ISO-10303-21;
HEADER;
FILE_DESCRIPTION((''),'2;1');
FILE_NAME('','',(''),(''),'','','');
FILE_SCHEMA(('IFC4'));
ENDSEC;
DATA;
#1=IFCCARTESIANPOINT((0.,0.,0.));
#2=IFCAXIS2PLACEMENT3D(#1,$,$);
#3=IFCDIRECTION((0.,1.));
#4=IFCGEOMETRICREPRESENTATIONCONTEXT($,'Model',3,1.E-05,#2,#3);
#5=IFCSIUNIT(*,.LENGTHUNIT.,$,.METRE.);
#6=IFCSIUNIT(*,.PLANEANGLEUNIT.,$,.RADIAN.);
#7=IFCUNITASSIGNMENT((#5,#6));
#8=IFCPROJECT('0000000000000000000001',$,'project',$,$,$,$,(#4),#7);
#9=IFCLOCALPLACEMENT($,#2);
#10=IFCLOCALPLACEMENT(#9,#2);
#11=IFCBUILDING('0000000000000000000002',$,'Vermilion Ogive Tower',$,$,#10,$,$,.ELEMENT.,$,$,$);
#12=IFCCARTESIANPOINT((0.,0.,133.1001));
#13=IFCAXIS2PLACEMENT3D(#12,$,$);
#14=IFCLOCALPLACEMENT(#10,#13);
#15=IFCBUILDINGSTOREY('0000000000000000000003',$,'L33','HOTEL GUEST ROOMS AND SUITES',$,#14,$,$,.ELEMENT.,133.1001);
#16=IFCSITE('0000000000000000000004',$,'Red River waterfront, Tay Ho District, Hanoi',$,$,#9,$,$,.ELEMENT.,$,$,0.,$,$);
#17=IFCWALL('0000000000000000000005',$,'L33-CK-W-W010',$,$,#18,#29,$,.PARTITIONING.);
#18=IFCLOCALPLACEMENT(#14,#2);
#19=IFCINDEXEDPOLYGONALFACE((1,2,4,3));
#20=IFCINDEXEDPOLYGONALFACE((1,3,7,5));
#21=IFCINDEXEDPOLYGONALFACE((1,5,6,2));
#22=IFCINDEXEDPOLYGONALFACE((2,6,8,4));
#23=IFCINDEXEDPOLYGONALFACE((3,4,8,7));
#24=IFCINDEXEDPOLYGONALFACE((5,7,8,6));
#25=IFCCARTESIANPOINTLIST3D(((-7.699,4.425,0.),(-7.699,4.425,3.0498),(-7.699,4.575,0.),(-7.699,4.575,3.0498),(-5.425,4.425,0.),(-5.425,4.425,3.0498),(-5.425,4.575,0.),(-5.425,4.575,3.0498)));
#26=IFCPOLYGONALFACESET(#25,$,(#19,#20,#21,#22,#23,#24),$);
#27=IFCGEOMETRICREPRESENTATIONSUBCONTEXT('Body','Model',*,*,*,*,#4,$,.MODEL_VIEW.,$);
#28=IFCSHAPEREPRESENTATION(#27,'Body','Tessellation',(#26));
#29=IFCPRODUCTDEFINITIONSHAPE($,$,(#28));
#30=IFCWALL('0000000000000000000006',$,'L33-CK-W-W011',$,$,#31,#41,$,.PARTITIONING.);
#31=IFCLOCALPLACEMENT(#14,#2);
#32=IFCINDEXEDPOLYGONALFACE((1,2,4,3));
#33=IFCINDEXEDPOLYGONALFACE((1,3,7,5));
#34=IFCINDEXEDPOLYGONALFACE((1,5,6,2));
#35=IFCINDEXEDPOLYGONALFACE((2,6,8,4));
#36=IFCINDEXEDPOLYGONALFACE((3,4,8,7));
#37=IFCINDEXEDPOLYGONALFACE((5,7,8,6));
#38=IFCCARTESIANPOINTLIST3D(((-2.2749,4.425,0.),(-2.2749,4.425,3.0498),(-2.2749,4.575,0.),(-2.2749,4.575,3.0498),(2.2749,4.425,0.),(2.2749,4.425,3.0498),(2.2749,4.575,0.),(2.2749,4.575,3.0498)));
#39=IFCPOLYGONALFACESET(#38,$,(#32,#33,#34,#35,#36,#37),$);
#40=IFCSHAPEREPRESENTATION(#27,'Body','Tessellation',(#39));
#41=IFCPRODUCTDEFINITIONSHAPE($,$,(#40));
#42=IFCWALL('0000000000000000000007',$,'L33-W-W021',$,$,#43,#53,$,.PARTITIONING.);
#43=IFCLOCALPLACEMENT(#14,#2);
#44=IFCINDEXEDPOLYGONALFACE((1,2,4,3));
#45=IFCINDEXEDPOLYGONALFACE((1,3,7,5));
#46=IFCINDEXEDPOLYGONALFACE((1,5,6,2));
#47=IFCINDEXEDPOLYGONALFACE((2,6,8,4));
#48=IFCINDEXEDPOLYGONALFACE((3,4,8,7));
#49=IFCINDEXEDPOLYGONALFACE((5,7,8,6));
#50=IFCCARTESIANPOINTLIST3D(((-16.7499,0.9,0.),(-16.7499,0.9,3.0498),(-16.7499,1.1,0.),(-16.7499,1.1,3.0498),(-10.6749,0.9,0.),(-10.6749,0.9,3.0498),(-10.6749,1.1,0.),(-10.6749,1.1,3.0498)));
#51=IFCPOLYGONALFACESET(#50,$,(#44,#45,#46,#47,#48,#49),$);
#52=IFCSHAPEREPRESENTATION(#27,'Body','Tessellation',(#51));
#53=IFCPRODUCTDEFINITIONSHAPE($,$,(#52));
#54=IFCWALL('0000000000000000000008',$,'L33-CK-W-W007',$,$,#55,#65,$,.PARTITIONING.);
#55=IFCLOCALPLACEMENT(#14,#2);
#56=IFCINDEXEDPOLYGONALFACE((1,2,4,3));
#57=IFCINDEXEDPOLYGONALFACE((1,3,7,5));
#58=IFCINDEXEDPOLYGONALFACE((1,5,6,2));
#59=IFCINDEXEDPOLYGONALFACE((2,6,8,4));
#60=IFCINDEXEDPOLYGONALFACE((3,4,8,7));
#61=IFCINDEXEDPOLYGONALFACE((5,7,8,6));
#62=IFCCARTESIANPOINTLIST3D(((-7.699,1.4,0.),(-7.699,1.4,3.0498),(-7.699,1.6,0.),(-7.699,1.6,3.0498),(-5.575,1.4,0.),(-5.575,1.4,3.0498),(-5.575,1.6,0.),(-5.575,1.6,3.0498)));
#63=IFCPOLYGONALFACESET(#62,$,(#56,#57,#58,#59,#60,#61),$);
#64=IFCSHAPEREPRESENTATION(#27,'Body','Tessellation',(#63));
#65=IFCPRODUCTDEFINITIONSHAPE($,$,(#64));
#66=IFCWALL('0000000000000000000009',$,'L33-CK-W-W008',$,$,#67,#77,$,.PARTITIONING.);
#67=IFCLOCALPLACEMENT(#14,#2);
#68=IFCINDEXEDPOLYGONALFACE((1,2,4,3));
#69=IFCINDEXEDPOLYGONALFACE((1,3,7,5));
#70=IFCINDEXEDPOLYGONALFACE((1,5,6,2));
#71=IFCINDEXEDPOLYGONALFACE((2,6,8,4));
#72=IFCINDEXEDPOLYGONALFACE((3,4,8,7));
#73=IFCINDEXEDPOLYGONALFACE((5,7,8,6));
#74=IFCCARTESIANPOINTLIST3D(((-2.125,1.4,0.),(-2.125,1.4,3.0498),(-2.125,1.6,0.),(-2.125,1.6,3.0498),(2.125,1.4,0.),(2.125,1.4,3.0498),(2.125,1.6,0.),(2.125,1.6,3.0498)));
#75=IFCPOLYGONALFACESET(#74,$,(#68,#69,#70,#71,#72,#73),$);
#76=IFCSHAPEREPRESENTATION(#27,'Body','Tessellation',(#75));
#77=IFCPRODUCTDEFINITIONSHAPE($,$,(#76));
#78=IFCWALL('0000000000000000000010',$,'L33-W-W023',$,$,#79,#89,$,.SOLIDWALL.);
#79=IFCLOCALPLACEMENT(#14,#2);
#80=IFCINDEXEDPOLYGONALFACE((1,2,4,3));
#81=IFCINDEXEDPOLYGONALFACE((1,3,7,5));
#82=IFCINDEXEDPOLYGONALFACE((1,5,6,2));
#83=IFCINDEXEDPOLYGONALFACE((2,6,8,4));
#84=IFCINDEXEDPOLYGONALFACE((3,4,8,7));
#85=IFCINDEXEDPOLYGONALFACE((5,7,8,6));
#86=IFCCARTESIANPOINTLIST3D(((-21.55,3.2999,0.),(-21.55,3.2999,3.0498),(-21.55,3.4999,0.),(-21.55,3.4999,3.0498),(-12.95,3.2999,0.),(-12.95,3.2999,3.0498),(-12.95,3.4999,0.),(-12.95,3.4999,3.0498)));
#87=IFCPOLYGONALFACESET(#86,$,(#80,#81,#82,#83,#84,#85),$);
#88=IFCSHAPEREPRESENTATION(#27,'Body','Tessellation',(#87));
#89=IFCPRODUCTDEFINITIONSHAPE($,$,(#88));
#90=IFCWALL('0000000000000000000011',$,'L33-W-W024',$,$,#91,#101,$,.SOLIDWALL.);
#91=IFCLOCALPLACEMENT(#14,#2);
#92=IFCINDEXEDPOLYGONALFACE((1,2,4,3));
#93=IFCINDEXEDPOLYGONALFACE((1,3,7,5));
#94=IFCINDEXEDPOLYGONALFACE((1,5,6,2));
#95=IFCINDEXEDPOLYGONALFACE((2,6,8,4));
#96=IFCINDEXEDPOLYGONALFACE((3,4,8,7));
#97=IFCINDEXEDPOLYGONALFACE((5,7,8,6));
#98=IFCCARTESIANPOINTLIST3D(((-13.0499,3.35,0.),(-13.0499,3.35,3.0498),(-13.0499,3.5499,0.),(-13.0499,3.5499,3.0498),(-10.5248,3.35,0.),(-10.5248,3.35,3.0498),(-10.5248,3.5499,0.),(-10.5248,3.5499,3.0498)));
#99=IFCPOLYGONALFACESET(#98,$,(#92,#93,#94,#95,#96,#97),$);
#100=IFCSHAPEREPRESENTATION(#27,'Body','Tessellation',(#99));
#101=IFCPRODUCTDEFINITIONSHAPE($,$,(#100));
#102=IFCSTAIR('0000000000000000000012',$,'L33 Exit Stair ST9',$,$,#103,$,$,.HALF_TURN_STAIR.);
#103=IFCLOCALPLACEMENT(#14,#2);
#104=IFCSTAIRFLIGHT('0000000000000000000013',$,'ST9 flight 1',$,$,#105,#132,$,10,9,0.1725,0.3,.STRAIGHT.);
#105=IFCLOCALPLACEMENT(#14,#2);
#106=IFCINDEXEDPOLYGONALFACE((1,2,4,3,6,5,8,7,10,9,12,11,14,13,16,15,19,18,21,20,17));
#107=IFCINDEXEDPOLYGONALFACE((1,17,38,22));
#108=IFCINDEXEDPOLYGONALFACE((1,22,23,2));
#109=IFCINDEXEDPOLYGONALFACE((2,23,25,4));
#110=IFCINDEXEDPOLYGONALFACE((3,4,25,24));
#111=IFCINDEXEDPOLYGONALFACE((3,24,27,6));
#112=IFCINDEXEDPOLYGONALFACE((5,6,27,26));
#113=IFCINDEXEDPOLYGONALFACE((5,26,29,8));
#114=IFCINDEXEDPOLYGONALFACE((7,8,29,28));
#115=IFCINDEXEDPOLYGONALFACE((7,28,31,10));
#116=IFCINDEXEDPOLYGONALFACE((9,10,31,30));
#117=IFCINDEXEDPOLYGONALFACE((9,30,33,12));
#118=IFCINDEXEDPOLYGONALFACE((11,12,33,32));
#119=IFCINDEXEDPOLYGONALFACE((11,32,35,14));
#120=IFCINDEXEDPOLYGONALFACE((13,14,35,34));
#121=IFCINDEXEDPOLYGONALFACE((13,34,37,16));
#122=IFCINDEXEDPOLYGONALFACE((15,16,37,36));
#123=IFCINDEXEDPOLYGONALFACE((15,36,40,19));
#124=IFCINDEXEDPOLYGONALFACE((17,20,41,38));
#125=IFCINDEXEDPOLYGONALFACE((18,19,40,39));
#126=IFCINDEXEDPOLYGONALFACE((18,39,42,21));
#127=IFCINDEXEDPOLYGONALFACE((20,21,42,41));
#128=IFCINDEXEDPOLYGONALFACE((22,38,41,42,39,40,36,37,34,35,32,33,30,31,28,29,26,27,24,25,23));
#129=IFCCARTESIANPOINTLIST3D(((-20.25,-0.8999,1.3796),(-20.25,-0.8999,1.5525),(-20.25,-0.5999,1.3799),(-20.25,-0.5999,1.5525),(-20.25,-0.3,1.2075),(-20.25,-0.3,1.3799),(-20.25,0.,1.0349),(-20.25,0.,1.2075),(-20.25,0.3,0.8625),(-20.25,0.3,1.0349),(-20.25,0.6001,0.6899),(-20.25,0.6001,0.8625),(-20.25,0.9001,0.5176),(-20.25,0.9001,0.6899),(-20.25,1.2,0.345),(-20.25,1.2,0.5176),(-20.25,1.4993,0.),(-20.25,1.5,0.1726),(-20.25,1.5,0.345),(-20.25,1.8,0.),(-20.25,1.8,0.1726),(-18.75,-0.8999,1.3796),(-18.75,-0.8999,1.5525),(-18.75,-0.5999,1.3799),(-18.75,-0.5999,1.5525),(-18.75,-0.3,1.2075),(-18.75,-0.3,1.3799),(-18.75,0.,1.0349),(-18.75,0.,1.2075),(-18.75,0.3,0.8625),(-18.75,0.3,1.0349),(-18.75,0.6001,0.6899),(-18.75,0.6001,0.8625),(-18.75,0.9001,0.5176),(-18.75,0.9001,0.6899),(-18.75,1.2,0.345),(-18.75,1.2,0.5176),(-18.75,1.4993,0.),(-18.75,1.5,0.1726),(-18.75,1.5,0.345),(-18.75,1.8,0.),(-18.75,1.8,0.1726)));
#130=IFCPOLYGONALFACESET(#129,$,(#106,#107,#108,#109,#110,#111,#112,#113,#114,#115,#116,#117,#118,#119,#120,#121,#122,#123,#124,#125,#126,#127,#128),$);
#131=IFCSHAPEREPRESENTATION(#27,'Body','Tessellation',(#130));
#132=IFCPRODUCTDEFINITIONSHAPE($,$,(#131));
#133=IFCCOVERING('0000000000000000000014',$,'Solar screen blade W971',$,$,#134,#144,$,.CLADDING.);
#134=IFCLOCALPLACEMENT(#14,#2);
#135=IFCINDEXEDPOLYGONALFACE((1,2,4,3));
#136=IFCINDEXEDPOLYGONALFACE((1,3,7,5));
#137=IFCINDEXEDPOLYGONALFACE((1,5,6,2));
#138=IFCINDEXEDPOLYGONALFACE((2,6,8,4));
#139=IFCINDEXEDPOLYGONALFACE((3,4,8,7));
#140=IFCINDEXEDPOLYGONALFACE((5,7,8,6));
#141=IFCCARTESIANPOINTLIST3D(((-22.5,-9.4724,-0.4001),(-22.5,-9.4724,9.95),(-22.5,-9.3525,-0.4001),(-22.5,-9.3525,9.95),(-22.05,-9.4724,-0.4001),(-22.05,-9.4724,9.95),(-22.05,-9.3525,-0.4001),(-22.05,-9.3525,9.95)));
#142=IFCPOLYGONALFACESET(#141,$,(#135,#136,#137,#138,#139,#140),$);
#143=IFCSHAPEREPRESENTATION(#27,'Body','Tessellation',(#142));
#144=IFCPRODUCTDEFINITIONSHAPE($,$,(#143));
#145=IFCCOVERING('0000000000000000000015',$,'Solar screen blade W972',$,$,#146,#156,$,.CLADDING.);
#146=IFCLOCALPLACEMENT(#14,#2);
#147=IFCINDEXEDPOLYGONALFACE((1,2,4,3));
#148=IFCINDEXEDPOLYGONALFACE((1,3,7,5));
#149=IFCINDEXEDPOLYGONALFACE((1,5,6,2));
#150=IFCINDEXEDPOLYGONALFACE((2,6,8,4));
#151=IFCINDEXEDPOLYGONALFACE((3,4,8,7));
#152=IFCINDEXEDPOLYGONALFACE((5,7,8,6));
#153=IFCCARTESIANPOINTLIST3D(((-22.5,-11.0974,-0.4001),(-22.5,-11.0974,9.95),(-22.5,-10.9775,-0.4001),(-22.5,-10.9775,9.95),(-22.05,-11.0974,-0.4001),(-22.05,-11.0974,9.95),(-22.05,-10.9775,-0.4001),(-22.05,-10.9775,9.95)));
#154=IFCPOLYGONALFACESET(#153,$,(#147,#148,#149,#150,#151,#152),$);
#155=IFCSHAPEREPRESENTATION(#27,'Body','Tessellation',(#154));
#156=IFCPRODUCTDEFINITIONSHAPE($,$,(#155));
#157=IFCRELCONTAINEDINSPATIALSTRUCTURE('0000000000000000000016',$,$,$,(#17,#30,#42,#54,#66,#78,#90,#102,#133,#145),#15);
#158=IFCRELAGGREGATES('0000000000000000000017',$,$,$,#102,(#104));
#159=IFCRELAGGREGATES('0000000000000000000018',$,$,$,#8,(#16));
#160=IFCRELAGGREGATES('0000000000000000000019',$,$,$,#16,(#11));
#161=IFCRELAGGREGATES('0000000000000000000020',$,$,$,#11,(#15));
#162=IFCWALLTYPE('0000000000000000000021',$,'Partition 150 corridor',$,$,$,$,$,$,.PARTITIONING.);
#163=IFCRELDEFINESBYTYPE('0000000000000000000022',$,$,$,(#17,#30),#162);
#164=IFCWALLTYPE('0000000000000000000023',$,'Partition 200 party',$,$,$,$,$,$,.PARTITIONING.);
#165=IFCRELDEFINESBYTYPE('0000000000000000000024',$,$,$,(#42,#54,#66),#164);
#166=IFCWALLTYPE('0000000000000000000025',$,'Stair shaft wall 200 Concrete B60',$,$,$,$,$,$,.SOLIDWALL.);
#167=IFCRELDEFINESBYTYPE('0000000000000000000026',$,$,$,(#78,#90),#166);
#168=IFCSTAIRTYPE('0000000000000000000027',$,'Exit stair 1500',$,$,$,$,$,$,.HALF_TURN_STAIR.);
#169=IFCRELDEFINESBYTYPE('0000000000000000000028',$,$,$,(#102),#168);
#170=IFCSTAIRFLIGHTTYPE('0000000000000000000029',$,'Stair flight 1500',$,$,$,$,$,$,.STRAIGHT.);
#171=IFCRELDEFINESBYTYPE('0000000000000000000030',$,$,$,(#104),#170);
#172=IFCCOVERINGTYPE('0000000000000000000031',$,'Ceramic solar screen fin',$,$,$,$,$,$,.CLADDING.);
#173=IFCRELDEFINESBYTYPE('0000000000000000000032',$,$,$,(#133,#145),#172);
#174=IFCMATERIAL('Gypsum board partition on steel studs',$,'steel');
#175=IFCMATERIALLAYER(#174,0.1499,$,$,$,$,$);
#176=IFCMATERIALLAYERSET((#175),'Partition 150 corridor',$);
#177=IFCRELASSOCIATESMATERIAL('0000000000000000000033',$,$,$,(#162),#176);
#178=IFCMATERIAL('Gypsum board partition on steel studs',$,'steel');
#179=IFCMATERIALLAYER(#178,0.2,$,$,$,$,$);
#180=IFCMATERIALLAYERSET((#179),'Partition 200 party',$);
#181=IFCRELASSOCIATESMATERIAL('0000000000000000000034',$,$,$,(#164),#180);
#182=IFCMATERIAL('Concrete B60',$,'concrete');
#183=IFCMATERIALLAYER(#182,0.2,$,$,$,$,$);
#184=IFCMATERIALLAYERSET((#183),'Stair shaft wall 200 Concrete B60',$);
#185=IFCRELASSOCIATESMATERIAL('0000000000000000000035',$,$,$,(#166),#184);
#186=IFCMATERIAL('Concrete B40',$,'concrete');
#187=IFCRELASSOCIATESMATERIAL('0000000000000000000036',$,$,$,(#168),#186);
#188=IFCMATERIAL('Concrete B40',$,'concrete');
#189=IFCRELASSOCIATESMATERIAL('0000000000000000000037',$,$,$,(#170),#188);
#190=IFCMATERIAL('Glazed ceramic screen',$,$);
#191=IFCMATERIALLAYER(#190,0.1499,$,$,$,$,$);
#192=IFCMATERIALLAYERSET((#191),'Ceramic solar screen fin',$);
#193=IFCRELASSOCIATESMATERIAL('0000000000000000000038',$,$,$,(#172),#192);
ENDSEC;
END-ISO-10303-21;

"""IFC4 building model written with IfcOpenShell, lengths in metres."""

from ifc_helpers import new_model, si_unit, direction, frame, frame_2d, origin, place, context, subcontext, project, spatial, polyline, rectangle, outline, extrude, material, layer, layer_set, type_object, element, aggregate, save


model = new_model("IFC4")

# Units and contexts
model_context = context("Model", 3, precision=1e-05, world=origin(), true_north=direction((0.0, 1.0)))
body_context = subcontext(model_context, "Body", "Model", "MODEL_VIEW")
ifc_project = project(units=[si_unit("LENGTHUNIT", "METRE"), si_unit("PLANEANGLEUNIT", "RADIAN")], contexts=[model_context])

# Site, building, storey
site_placement = place(None, origin())
site = spatial("IfcSite", under=ifc_project, at=site_placement, Name="Red River waterfront, Tay Ho District, Hanoi", CompositionType="ELEMENT", RefElevation=0.0)
building_placement = place(site_placement, origin())
building = spatial("IfcBuilding", under=site, at=building_placement, Name="Vermilion Ogive Tower", CompositionType="ELEMENT")
storey_placement = place(building_placement, frame((0.0, 0.0, 133.1001)))
storey = spatial("IfcBuildingStorey", under=building, at=storey_placement, Name="L33", Description="HOTEL GUEST ROOMS AND SUITES", CompositionType="ELEMENT", Elevation=133.1001)

# Walls
ifc_material_1 = material(Name="Gypsum board partition on steel studs", Category="steel")
ifc_layer_1 = layer(ifc_material_1, 0.1499)
ifc_layer_set_1 = layer_set([ifc_layer_1], Name="Partition 150 corridor")
wall_type_1 = type_object("IfcWallType", Name="Partition 150 corridor", PredefinedType="PARTITIONING", material=ifc_layer_set_1)
wall_1_placement = place(storey_placement, frame((-7.699, 4.5, 0.0), z_axis=(0.0, 0.0, 1.0), x_axis=(1.0, 0.0, 0.0)))
element("IfcWall", 1, at=wall_1_placement, inside=storey, type_object=wall_type_1, Name="L33-CK-W-W010", PredefinedType="PARTITIONING", context=body_context, shape_type="SweptSolid", body=[
    extrude(rectangle(XDim=2.2739, YDim=0.1499, at=frame_2d((1.137, 0.0))), origin(), (0.0, 0.0, 1.0), 3.0498),
])
wall_2_placement = place(storey_placement, frame((-2.2749, 4.5, 0.0), z_axis=(0.0, 0.0, 1.0), x_axis=(1.0, 0.0, 0.0)))
element("IfcWall", 2, at=wall_2_placement, inside=storey, type_object=wall_type_1, Name="L33-CK-W-W011", PredefinedType="PARTITIONING", context=body_context, shape_type="SweptSolid", body=[
    extrude(rectangle(XDim=4.5498, YDim=0.1499, at=frame_2d((2.2749, 0.0))), origin(), (0.0, 0.0, 1.0), 3.0498),
])
ifc_material_2 = material(Name="Gypsum board partition on steel studs", Category="steel")
ifc_layer_2 = layer(ifc_material_2, 0.2)
ifc_layer_set_2 = layer_set([ifc_layer_2], Name="Partition 200 party")
wall_type_2 = type_object("IfcWallType", Name="Partition 200 party", PredefinedType="PARTITIONING", material=ifc_layer_set_2)
wall_3_placement = place(storey_placement, frame((-16.75, 1.0, 0.0), z_axis=(0.0, 0.0, 1.0), x_axis=(1.0, 0.0, 0.0)))
element("IfcWall", 3, at=wall_3_placement, inside=storey, type_object=wall_type_2, Name="L33-W-W021", PredefinedType="PARTITIONING", context=body_context, shape_type="SweptSolid", body=[
    extrude(rectangle(XDim=6.075, YDim=0.2, at=frame_2d((3.0376, 0.0))), origin(), (0.0, 0.0, 1.0), 3.0498),
])
wall_4_placement = place(storey_placement, frame((-7.699, 1.5, 0.0), z_axis=(0.0, 0.0, 1.0), x_axis=(1.0, 0.0, 0.0)))
element("IfcWall", 4, at=wall_4_placement, inside=storey, type_object=wall_type_2, Name="L33-CK-W-W007", PredefinedType="PARTITIONING", context=body_context, shape_type="SweptSolid", body=[
    extrude(rectangle(XDim=2.124, YDim=0.2, at=frame_2d((1.062, 0.0))), origin(), (0.0, 0.0, 1.0), 3.0498),
])
wall_5_placement = place(storey_placement, frame((-2.125, 1.5, 0.0), z_axis=(0.0, 0.0, 1.0), x_axis=(1.0, 0.0, 0.0)))
element("IfcWall", 5, at=wall_5_placement, inside=storey, type_object=wall_type_2, Name="L33-CK-W-W008", PredefinedType="PARTITIONING", context=body_context, shape_type="SweptSolid", body=[
    extrude(rectangle(XDim=4.25, YDim=0.2, at=frame_2d((2.125, 0.0))), origin(), (0.0, 0.0, 1.0), 3.0498),
])
ifc_material_3 = material(Name="Concrete B60", Category="concrete")
ifc_layer_3 = layer(ifc_material_3, 0.2)
ifc_layer_set_3 = layer_set([ifc_layer_3], Name="Stair shaft wall 200 Concrete B60")
wall_type_3 = type_object("IfcWallType", Name="Stair shaft wall 200 Concrete B60", PredefinedType="SOLIDWALL", material=ifc_layer_set_3)
wall_6_placement = place(storey_placement, frame((-21.55, 3.3999, 0.0), z_axis=(0.0, 0.0, 1.0), x_axis=(1.0, 0.0, 0.0)))
element("IfcWall", 6, at=wall_6_placement, inside=storey, type_object=wall_type_3, Name="L33-W-W023", PredefinedType="SOLIDWALL", context=body_context, shape_type="SweptSolid", body=[
    extrude(rectangle(XDim=8.6001, YDim=0.2, at=frame_2d((4.3, 0.0))), origin(), (0.0, 0.0, 1.0), 3.0498),
])
wall_7_placement = place(storey_placement, frame((-13.05, 3.45, 0.0), z_axis=(0.0, 0.0, 1.0), x_axis=(1.0, 0.0, 0.0)))
element("IfcWall", 7, at=wall_7_placement, inside=storey, type_object=wall_type_3, Name="L33-W-W024", PredefinedType="SOLIDWALL", context=body_context, shape_type="SweptSolid", body=[
    extrude(rectangle(XDim=2.5251, YDim=0.2, at=frame_2d((1.2627, 0.0))), origin(), (0.0, 0.0, 1.0), 3.0498),
])

# Stair, stair flight
ifc_material_4 = material(Name="Concrete B40", Category="concrete")
stair_type = type_object("IfcStairType", Name="Exit stair 1500", PredefinedType="HALF_TURN_STAIR", material=ifc_material_4)
stair_placement = place(storey_placement, origin())
stair = element("IfcStair", 8, at=stair_placement, inside=storey, type_object=stair_type, Name="L33 Exit Stair ST9", PredefinedType="HALF_TURN_STAIR")
ifc_material_5 = material(Name="Concrete B40", Category="concrete")
stair_flight_type = type_object("IfcStairFlightType", Name="Stair flight 1500", PredefinedType="STRAIGHT", material=ifc_material_5)
stair_flight_placement = place(storey_placement, frame((-19.5, 1.8, 0.0), z_axis=(0.0, 0.0, 1.0), x_axis=(0.0, -1.0, 0.0)))
stair_flight = element("IfcStairFlight", 9, at=stair_flight_placement, type_object=stair_flight_type, Name="ST9 flight 1", NumberOfRisers=10, NumberOfTreads=9, PredefinedType="STRAIGHT", RiserHeight=0.1725, TreadLength=0.3, context=body_context, shape_type="SweptSolid", body=[
    extrude(outline(polyline([(0.0, 0.0), (0.0, 0.1726), (0.3, 0.1726), (0.3, 0.345), (0.6001, 0.345), (0.6001, 0.5176), (0.8999, 0.5176), (0.8999, 0.6899), (1.2, 0.6899), (1.2, 0.8625), (1.5, 0.8625), (1.5, 1.0349), (1.8, 1.0349), (1.8, 1.2075), (2.1001, 1.2075), (2.1001, 1.3799), (2.3999, 1.3799), (2.3999, 1.5525), (2.7, 1.5525), (2.7, 1.7251), (2.7, 1.3796), (0.3008, 0.0), (0.0, 0.0)])), frame((0.0, 0.75, 0.0), z_axis=(0.0, -1.0, 0.0), x_axis=(1.0, 0.0, 0.0)), (0.0, 0.0, 1.0), 1.5),
])
aggregate(stair, [stair_flight])

# Coverings
ifc_material_6 = material(Name="Glazed ceramic screen")
ifc_layer_4 = layer(ifc_material_6, 0.1499)
ifc_layer_set_4 = layer_set([ifc_layer_4], Name="Ceramic solar screen fin")
covering_type = type_object("IfcCoveringType", Name="Ceramic solar screen fin", PredefinedType="CLADDING", material=ifc_layer_set_4)
covering_1_placement = place(storey_placement, frame((0.0, 0.0, -0.4001)))
element("IfcCovering", 10, at=covering_1_placement, inside=storey, type_object=covering_type, Name="Solar screen blade W971", PredefinedType="CLADDING", context=body_context, shape_type="SweptSolid", body=[
    extrude(outline(polyline([(-22.5, -9.3525), (-22.5, -9.4724), (-22.05, -9.4724), (-22.05, -9.3525), (-22.5, -9.3525)])), origin(), (0.0, 0.0, 1.0), 10.3501),
])
covering_2_placement = place(storey_placement, frame((0.0, 0.0, -0.4001)))
element("IfcCovering", 11, at=covering_2_placement, inside=storey, type_object=covering_type, Name="Solar screen blade W972", PredefinedType="CLADDING", context=body_context, shape_type="SweptSolid", body=[
    extrude(outline(polyline([(-22.5, -10.9775), (-22.5, -11.0974), (-22.05, -11.0974), (-22.05, -10.9775), (-22.5, -10.9775)])), origin(), (0.0, 0.0, 1.0), 10.3501),
])

save(model, "model.ifc")
